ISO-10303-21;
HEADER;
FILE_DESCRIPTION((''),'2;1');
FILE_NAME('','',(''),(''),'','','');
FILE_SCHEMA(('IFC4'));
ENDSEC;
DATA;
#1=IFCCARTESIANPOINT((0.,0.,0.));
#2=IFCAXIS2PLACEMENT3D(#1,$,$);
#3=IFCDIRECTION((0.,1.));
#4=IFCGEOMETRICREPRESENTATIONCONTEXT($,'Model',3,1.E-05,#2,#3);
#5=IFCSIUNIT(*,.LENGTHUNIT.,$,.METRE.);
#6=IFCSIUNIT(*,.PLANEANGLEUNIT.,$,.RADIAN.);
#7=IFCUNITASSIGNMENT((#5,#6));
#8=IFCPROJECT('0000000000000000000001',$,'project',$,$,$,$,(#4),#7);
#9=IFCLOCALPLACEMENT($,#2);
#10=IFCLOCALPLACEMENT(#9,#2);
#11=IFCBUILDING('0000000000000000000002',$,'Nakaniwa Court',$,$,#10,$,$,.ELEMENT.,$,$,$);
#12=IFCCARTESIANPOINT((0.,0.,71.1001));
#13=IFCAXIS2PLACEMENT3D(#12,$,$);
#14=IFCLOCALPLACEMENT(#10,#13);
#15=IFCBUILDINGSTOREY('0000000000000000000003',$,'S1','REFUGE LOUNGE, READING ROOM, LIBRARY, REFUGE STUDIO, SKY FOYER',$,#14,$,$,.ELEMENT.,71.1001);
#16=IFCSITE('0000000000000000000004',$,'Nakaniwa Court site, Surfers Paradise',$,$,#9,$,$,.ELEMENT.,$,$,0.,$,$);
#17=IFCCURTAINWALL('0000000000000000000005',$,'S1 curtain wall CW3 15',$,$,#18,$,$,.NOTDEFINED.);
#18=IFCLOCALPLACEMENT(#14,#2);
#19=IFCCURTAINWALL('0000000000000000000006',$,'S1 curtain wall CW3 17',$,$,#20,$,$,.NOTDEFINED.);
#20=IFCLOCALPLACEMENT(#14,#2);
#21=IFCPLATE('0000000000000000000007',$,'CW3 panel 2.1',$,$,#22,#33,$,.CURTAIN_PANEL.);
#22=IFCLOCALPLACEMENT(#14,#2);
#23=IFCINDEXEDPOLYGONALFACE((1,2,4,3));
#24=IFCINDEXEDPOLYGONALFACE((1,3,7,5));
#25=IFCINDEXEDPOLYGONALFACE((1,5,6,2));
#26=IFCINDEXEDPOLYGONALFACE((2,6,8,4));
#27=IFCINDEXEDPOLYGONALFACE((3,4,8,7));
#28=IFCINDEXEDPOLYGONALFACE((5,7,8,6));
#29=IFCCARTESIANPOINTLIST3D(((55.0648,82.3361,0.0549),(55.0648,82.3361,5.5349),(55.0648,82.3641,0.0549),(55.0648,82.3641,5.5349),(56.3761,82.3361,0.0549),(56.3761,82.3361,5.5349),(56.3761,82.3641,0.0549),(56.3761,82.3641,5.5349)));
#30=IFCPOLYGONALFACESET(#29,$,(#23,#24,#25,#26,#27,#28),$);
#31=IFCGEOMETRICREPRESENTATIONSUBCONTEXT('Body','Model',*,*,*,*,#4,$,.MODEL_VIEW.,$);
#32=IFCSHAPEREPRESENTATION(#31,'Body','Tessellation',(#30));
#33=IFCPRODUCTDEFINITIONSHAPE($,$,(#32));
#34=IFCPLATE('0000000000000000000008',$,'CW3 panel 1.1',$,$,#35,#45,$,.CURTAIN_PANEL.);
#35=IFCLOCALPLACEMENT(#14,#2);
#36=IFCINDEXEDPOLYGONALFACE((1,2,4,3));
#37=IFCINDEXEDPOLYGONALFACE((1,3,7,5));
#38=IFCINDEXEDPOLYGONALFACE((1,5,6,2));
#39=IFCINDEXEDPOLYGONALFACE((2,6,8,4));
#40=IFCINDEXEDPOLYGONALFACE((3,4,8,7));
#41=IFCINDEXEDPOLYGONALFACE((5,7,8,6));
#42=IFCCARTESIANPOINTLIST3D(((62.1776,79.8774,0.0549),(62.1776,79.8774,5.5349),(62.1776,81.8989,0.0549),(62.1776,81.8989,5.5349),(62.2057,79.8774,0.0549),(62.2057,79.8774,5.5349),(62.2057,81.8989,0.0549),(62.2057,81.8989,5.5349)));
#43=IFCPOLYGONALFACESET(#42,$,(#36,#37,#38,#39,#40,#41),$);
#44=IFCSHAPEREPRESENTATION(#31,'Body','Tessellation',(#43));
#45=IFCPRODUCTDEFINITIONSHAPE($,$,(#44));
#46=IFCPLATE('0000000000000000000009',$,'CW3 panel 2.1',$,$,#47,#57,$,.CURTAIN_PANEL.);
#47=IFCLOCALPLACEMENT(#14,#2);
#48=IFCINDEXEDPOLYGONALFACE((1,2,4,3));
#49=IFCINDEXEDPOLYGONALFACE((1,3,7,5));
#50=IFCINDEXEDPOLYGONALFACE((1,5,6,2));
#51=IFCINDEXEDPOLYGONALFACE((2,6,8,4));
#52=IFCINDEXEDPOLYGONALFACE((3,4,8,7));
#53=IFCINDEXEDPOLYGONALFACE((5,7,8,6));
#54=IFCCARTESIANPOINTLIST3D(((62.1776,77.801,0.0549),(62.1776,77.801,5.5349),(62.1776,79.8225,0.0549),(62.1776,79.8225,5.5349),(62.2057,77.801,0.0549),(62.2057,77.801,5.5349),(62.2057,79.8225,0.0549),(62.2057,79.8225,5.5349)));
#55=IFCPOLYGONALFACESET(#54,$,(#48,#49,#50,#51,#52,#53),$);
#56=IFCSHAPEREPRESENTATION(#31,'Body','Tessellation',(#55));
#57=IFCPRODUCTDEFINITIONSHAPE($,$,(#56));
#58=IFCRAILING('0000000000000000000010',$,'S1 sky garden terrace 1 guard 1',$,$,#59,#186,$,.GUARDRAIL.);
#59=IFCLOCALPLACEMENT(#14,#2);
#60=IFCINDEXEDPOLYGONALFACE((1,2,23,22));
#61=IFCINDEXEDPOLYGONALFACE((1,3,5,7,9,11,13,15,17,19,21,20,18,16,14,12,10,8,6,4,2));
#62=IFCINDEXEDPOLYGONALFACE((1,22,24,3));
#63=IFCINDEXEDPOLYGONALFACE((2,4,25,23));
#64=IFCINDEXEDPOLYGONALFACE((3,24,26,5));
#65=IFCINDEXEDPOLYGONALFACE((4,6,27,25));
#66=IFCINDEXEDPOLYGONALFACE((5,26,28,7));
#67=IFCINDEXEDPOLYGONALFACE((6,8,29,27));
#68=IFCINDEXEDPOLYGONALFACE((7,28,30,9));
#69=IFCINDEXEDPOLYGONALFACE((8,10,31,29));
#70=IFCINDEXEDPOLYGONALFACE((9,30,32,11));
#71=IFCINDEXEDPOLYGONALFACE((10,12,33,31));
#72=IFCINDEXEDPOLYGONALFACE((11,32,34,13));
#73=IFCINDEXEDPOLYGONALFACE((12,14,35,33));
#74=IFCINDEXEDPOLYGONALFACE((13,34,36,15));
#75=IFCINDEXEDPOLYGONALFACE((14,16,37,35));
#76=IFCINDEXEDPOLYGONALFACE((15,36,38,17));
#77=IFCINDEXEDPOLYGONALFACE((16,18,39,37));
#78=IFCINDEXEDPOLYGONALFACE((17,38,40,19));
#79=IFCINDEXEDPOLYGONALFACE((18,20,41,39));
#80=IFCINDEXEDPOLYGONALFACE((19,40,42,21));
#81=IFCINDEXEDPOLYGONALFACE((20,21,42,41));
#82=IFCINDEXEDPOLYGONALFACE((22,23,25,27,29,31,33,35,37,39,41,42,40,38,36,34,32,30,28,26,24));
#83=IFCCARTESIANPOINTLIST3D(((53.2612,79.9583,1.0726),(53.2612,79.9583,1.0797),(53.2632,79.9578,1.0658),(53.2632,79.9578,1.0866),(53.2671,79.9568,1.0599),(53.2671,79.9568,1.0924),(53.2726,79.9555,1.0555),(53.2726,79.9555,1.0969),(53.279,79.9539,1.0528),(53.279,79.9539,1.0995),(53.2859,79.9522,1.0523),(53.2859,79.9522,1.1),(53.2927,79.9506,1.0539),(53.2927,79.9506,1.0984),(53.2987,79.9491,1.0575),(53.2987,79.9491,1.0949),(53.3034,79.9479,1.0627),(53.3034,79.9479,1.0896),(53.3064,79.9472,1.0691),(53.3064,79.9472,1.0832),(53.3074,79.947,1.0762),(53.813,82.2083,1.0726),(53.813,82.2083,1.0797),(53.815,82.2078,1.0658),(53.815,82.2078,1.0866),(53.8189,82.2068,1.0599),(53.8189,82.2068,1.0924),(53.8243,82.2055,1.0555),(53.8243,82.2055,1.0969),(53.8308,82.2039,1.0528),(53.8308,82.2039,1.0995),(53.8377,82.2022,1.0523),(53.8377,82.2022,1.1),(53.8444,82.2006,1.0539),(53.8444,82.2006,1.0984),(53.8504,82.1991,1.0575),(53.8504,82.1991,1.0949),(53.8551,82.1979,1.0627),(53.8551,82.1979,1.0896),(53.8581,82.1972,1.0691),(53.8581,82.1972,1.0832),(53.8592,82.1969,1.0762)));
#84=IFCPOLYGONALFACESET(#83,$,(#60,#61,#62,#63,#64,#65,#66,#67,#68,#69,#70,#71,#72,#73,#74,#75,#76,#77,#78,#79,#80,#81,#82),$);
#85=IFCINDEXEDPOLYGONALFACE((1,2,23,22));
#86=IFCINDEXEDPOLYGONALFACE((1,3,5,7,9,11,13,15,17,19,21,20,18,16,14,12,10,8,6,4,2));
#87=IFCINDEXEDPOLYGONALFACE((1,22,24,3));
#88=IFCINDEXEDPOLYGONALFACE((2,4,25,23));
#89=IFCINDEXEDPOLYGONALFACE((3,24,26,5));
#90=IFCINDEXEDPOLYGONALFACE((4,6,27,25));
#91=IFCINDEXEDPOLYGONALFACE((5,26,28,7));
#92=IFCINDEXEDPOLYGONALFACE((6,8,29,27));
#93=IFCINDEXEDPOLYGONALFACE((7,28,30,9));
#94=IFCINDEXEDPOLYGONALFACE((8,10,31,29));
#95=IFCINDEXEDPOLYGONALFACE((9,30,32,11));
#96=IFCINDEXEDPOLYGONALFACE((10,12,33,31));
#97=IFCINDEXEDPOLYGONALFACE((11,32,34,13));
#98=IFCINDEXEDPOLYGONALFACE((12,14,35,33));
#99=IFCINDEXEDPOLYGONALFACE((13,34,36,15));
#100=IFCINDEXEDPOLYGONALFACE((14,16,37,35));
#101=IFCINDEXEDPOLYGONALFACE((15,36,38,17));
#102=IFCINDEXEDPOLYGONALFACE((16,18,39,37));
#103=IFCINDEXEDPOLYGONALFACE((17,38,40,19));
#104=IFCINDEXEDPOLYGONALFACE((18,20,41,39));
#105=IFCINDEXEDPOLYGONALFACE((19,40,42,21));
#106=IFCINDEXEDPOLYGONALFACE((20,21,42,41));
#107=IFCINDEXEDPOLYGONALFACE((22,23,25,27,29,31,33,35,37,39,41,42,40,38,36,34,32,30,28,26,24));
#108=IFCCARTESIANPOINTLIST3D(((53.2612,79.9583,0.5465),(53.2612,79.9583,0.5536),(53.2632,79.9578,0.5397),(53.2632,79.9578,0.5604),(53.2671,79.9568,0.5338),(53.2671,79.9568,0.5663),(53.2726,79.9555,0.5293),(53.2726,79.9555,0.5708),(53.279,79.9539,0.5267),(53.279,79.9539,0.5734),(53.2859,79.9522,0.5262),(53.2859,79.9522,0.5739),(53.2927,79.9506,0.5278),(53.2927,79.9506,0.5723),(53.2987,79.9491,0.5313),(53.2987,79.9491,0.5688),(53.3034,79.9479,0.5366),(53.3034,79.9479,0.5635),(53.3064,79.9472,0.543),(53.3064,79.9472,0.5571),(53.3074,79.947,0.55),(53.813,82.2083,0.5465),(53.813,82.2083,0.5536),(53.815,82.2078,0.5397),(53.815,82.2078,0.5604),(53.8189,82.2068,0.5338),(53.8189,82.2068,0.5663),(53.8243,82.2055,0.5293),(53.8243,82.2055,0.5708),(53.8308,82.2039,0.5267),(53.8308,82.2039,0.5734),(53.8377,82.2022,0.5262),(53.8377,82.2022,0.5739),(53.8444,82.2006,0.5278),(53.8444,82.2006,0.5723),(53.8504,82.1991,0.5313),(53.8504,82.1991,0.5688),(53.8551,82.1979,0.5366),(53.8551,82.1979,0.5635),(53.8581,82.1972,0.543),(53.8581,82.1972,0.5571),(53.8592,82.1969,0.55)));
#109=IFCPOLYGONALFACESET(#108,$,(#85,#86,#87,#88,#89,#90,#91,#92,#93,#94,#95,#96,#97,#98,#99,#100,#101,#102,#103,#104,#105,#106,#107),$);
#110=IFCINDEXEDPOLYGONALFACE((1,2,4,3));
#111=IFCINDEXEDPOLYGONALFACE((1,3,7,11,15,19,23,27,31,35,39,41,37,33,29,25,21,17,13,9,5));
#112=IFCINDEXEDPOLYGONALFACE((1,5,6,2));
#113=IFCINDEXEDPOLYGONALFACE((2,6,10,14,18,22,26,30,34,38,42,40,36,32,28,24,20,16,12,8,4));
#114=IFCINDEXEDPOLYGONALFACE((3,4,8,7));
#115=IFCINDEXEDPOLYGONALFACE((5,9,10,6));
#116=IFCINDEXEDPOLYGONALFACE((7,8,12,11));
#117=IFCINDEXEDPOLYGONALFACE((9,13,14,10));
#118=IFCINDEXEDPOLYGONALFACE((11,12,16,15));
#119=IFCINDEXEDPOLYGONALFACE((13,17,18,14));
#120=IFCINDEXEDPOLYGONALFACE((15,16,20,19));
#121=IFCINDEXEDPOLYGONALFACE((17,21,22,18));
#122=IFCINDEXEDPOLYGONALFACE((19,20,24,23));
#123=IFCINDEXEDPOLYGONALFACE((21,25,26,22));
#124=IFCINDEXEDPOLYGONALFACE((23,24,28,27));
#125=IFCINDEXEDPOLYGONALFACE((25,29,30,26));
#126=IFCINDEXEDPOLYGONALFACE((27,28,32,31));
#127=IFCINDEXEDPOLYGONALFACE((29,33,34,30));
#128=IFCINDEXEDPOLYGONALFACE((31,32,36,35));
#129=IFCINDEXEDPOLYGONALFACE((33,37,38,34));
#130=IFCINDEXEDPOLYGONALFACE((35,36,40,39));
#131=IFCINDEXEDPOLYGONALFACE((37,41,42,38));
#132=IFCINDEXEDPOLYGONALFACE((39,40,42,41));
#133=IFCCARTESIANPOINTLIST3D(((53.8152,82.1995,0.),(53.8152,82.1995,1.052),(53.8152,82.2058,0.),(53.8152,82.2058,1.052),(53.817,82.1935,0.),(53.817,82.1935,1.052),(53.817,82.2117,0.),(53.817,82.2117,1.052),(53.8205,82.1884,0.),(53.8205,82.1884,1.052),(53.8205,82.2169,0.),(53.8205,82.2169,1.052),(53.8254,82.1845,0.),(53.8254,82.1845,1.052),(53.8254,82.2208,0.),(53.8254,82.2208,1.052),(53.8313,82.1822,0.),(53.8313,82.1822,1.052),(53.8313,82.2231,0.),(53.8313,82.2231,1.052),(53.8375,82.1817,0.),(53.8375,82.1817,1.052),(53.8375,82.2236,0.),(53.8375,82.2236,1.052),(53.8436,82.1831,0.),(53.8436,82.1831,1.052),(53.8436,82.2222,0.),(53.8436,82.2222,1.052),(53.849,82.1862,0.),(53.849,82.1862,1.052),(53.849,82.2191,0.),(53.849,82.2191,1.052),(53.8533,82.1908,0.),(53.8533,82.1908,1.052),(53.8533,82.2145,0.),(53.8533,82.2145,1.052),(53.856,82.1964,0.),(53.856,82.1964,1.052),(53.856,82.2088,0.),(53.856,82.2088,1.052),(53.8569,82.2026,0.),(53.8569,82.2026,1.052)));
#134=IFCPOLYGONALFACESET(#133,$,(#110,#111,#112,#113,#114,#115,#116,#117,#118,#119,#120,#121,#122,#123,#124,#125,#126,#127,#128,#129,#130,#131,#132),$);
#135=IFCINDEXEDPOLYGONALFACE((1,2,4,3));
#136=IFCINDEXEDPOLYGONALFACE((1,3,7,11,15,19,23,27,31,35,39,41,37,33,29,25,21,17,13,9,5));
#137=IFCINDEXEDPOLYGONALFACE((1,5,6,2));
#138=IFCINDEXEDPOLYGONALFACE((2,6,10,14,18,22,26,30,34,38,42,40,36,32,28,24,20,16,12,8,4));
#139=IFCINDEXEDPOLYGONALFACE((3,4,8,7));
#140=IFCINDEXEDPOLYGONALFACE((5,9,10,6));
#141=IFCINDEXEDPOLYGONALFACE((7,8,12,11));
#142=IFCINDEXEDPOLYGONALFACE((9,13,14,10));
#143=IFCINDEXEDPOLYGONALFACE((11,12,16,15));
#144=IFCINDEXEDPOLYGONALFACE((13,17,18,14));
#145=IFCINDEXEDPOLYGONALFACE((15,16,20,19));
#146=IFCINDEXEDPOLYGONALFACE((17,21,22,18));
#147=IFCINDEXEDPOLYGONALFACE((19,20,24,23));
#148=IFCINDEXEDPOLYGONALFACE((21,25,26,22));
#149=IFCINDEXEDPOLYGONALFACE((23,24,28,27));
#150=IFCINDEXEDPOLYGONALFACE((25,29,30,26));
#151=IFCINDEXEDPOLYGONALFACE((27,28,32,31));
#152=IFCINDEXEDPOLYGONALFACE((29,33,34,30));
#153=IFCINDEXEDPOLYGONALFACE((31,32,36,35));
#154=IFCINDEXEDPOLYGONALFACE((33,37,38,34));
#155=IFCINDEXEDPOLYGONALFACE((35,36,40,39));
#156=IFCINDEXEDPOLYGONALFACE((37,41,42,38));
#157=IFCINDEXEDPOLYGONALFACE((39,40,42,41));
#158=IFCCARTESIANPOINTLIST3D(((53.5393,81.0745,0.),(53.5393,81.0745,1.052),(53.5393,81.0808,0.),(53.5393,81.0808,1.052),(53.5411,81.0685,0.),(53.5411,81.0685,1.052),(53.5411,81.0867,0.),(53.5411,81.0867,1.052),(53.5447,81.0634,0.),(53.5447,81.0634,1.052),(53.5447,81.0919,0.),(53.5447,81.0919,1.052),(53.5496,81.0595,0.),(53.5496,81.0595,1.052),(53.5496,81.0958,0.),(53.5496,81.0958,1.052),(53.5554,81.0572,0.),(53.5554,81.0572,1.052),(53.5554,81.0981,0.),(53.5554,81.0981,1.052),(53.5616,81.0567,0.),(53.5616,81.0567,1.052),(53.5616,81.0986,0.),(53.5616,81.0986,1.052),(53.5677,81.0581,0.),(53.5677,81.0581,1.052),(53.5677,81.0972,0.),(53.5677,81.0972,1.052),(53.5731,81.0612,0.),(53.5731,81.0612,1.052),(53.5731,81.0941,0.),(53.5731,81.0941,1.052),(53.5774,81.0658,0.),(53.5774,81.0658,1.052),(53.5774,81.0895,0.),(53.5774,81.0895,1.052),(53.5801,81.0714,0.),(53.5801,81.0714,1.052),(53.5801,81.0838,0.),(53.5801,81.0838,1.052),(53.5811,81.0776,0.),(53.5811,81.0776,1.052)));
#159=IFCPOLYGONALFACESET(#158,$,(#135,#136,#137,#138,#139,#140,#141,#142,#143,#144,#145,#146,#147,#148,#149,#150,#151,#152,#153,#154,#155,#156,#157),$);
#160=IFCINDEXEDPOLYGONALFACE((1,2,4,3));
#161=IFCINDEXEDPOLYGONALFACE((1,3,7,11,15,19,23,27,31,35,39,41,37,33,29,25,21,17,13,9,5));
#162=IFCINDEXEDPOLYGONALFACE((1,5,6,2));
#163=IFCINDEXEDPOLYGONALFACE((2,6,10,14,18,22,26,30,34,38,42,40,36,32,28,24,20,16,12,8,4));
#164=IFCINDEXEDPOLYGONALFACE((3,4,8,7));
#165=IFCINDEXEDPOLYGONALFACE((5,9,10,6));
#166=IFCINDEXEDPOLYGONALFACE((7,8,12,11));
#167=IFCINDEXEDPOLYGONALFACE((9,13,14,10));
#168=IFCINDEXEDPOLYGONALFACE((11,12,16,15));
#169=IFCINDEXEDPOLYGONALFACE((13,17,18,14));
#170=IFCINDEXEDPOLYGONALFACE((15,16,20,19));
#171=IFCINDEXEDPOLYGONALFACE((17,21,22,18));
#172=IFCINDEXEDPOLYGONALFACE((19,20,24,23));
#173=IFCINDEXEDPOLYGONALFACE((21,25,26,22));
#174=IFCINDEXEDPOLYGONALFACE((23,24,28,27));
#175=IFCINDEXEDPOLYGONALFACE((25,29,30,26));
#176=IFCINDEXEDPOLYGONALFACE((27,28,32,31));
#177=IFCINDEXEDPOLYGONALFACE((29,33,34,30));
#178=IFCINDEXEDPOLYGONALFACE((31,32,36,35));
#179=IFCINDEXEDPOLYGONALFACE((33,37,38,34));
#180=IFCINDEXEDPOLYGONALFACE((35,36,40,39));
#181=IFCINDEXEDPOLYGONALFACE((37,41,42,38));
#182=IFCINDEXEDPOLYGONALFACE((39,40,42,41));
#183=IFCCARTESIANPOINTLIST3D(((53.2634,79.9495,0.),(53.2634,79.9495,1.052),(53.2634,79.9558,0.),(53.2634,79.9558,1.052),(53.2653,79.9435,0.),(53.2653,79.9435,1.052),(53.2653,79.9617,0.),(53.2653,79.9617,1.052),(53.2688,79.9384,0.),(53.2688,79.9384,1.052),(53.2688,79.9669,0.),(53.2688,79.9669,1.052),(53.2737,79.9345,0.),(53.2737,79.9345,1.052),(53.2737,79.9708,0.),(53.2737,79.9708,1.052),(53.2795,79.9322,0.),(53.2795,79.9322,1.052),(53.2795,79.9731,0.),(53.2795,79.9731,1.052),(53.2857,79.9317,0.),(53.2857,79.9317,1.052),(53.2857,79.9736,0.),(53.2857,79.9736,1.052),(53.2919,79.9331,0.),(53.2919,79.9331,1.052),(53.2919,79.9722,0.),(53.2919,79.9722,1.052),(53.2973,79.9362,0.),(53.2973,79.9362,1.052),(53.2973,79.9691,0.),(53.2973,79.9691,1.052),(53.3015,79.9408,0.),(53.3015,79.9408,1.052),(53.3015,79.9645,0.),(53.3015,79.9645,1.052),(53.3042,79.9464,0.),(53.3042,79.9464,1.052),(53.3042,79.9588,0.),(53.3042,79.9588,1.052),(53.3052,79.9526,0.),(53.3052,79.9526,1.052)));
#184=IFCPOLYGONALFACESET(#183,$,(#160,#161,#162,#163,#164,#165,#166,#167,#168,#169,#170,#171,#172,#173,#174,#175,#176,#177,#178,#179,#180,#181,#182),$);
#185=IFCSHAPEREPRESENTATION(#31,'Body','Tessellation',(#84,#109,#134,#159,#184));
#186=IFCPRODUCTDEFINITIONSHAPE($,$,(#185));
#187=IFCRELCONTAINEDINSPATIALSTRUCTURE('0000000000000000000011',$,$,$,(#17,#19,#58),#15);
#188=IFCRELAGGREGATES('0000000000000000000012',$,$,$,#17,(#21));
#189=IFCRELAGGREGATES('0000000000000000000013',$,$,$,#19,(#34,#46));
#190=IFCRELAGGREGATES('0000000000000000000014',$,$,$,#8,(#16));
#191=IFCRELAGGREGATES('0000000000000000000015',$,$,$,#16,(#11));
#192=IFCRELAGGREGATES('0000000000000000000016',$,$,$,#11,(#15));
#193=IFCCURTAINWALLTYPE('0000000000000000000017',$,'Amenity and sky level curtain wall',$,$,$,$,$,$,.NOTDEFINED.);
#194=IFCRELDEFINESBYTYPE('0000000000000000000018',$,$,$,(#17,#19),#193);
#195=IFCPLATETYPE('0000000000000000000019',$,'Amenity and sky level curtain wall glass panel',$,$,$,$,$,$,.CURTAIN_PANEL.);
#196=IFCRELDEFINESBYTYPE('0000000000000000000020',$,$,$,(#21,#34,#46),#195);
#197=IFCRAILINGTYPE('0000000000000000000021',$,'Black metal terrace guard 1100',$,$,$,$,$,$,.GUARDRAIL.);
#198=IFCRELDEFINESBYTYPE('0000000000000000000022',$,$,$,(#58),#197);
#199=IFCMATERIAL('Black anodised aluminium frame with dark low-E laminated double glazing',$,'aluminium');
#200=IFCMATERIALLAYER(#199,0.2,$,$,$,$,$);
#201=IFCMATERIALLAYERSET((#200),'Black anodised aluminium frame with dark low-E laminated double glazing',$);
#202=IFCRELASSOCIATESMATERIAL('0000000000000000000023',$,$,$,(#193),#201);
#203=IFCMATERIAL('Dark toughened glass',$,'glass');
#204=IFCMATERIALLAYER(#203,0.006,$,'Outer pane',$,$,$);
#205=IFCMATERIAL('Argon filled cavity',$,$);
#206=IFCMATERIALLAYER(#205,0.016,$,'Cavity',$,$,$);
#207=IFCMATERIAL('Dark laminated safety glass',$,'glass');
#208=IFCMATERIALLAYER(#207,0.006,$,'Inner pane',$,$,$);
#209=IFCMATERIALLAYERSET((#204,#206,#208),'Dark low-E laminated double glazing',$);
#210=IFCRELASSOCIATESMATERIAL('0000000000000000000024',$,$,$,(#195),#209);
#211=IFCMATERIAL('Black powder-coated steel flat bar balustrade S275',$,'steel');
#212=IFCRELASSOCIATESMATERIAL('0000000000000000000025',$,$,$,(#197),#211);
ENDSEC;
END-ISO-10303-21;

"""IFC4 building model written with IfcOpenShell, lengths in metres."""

from ifc_helpers import new_model, si_unit, direction, frame, origin, origin_2d, place, context, subcontext, project, spatial, rectangle, circle, extrude, material, layer, layer_set, type_object, element, aggregate, save


model = new_model("IFC4")

# Units and contexts
model_context = context("Model", 3, precision=1e-05, world=origin(), true_north=direction((0.0, 1.0)))
body_context = subcontext(model_context, "Body", "Model", "MODEL_VIEW")
ifc_project = project(units=[si_unit("LENGTHUNIT", "METRE"), si_unit("PLANEANGLEUNIT", "RADIAN")], contexts=[model_context])

# Site, building, storey
site_placement = place(None, origin())
site = spatial("IfcSite", under=ifc_project, at=site_placement, Name="Nakaniwa Court site, Surfers Paradise", CompositionType="ELEMENT", RefElevation=0.0)
building_placement = place(site_placement, origin())
building = spatial("IfcBuilding", under=site, at=building_placement, Name="Nakaniwa Court", CompositionType="ELEMENT")
storey_placement = place(building_placement, frame((0.0, 0.0, 71.1001)))
storey = spatial("IfcBuildingStorey", under=building, at=storey_placement, Name="S1", Description="REFUGE LOUNGE, READING ROOM, LIBRARY, REFUGE STUDIO, SKY FOYER", CompositionType="ELEMENT", Elevation=71.1001)

# Curtain wall
ifc_material_1 = material(Name="Black anodised aluminium frame with dark low-E laminated double glazing", Category="aluminium")
ifc_layer_1 = layer(ifc_material_1, 0.2)
ifc_layer_set_1 = layer_set([ifc_layer_1], Name="Black anodised aluminium frame with dark low-E laminated double glazing")
curtain_wall_type = type_object("IfcCurtainWallType", Name="Amenity and sky level curtain wall", PredefinedType="NOTDEFINED", material=ifc_layer_set_1)
curtain_wall_1_placement = place(storey_placement, origin())
curtain_wall_1 = element("IfcCurtainWall", 1, at=curtain_wall_1_placement, inside=storey, type_object=curtain_wall_type, Name="S1 curtain wall CW3 15", PredefinedType="NOTDEFINED")

# Curtain wall
curtain_wall_2_placement = place(storey_placement, origin())
curtain_wall_2 = element("IfcCurtainWall", 2, at=curtain_wall_2_placement, inside=storey, type_object=curtain_wall_type, Name="S1 curtain wall CW3 17", PredefinedType="NOTDEFINED")

# Plates
ifc_material_2 = material(Name="Dark toughened glass", Category="glass")
ifc_layer_2 = layer(ifc_material_2, 0.006, Name="Outer pane")
ifc_material_3 = material(Name="Argon filled cavity")
ifc_layer_3 = layer(ifc_material_3, 0.016, Name="Cavity")
ifc_material_4 = material(Name="Dark laminated safety glass", Category="glass")
ifc_layer_4 = layer(ifc_material_4, 0.006, Name="Inner pane")
ifc_layer_set_2 = layer_set([ifc_layer_2, ifc_layer_3, ifc_layer_4], Name="Dark low-E laminated double glazing")
plate_type = type_object("IfcPlateType", Name="Amenity and sky level curtain wall glass panel", PredefinedType="CURTAIN_PANEL", material=ifc_layer_set_2)
plate_1_placement = place(storey_placement, frame((55.7205, 82.3501, 0.0549), z_axis=(0.0, 0.0, 1.0), x_axis=(1.0, 0.0, 0.0)))
plate_1 = element("IfcPlate", 3, at=plate_1_placement, type_object=plate_type, Name="CW3 panel 2.1", PredefinedType="CURTAIN_PANEL", context=body_context, shape_type="SweptSolid", body=[
    extrude(rectangle(XDim=1.3113, YDim=0.0281, at=origin_2d()), origin(), (0.0, 0.0, 1.0), 5.48),
])
aggregate(curtain_wall_1, [plate_1])
plate_2_placement = place(storey_placement, frame((62.1917, 80.8882, 0.0549), z_axis=(0.0, 0.0, 1.0), x_axis=(0.0, -1.0, 0.0)))
plate_2 = element("IfcPlate", 4, at=plate_2_placement, type_object=plate_type, Name="CW3 panel 1.1", PredefinedType="CURTAIN_PANEL", context=body_context, shape_type="SweptSolid", body=[
    extrude(rectangle(XDim=2.0215, YDim=0.0281, at=origin_2d()), origin(), (0.0, 0.0, 1.0), 5.48),
])
plate_3_placement = place(storey_placement, frame((62.1917, 78.8118, 0.0549), z_axis=(0.0, 0.0, 1.0), x_axis=(0.0, -1.0, 0.0)))
plate_3 = element("IfcPlate", 5, at=plate_3_placement, type_object=plate_type, Name="CW3 panel 2.1", PredefinedType="CURTAIN_PANEL", context=body_context, shape_type="SweptSolid", body=[
    extrude(rectangle(XDim=2.0215, YDim=0.0281, at=origin_2d()), origin(), (0.0, 0.0, 1.0), 5.48),
])
aggregate(curtain_wall_2, [plate_2, plate_3])

# Railing
ifc_material_5 = material(Name="Black powder-coated steel flat bar balustrade S275", Category="steel")
railing_type = type_object("IfcRailingType", Name="Black metal terrace guard 1100", PredefinedType="GUARDRAIL", material=ifc_material_5)
railing_1_placement = place(storey_placement, frame((53.8359, 82.2026, 0.0)))
element("IfcRailing", 6, at=railing_1_placement, inside=storey, type_object=railing_type, Name="S1 sky garden terrace 1 guard 1", PredefinedType="GUARDRAIL", context=body_context, shape_type="SweptSolid", body=[
    extrude(circle(Radius=0.0239, at=origin_2d()), frame((0.0, 0.0, 1.0762), z_axis=(-0.238169, -0.971224, 0.0), x_axis=(0.971224, -0.238169, 0.0)), (0.0, 0.0, 1.0), 2.3167),
    extrude(circle(Radius=0.0239, at=origin_2d()), frame((0.0, 0.0, 0.55), z_axis=(-0.238169, -0.971224, 0.0), x_axis=(0.971224, -0.238169, 0.0)), (0.0, 0.0, 1.0), 2.3167),
    extrude(circle(Radius=0.021, at=origin_2d()), origin(), (0.0, 0.0, 1.0), 1.052),
    extrude(circle(Radius=0.021, at=origin_2d()), frame((-0.2759, -1.125, 0.0)), (0.0, 0.0, 1.0), 1.052),
    extrude(circle(Radius=0.021, at=origin_2d()), frame((-0.5518, -2.25, 0.0)), (0.0, 0.0, 1.0), 1.052),
])

save(model, "model.ifc")
